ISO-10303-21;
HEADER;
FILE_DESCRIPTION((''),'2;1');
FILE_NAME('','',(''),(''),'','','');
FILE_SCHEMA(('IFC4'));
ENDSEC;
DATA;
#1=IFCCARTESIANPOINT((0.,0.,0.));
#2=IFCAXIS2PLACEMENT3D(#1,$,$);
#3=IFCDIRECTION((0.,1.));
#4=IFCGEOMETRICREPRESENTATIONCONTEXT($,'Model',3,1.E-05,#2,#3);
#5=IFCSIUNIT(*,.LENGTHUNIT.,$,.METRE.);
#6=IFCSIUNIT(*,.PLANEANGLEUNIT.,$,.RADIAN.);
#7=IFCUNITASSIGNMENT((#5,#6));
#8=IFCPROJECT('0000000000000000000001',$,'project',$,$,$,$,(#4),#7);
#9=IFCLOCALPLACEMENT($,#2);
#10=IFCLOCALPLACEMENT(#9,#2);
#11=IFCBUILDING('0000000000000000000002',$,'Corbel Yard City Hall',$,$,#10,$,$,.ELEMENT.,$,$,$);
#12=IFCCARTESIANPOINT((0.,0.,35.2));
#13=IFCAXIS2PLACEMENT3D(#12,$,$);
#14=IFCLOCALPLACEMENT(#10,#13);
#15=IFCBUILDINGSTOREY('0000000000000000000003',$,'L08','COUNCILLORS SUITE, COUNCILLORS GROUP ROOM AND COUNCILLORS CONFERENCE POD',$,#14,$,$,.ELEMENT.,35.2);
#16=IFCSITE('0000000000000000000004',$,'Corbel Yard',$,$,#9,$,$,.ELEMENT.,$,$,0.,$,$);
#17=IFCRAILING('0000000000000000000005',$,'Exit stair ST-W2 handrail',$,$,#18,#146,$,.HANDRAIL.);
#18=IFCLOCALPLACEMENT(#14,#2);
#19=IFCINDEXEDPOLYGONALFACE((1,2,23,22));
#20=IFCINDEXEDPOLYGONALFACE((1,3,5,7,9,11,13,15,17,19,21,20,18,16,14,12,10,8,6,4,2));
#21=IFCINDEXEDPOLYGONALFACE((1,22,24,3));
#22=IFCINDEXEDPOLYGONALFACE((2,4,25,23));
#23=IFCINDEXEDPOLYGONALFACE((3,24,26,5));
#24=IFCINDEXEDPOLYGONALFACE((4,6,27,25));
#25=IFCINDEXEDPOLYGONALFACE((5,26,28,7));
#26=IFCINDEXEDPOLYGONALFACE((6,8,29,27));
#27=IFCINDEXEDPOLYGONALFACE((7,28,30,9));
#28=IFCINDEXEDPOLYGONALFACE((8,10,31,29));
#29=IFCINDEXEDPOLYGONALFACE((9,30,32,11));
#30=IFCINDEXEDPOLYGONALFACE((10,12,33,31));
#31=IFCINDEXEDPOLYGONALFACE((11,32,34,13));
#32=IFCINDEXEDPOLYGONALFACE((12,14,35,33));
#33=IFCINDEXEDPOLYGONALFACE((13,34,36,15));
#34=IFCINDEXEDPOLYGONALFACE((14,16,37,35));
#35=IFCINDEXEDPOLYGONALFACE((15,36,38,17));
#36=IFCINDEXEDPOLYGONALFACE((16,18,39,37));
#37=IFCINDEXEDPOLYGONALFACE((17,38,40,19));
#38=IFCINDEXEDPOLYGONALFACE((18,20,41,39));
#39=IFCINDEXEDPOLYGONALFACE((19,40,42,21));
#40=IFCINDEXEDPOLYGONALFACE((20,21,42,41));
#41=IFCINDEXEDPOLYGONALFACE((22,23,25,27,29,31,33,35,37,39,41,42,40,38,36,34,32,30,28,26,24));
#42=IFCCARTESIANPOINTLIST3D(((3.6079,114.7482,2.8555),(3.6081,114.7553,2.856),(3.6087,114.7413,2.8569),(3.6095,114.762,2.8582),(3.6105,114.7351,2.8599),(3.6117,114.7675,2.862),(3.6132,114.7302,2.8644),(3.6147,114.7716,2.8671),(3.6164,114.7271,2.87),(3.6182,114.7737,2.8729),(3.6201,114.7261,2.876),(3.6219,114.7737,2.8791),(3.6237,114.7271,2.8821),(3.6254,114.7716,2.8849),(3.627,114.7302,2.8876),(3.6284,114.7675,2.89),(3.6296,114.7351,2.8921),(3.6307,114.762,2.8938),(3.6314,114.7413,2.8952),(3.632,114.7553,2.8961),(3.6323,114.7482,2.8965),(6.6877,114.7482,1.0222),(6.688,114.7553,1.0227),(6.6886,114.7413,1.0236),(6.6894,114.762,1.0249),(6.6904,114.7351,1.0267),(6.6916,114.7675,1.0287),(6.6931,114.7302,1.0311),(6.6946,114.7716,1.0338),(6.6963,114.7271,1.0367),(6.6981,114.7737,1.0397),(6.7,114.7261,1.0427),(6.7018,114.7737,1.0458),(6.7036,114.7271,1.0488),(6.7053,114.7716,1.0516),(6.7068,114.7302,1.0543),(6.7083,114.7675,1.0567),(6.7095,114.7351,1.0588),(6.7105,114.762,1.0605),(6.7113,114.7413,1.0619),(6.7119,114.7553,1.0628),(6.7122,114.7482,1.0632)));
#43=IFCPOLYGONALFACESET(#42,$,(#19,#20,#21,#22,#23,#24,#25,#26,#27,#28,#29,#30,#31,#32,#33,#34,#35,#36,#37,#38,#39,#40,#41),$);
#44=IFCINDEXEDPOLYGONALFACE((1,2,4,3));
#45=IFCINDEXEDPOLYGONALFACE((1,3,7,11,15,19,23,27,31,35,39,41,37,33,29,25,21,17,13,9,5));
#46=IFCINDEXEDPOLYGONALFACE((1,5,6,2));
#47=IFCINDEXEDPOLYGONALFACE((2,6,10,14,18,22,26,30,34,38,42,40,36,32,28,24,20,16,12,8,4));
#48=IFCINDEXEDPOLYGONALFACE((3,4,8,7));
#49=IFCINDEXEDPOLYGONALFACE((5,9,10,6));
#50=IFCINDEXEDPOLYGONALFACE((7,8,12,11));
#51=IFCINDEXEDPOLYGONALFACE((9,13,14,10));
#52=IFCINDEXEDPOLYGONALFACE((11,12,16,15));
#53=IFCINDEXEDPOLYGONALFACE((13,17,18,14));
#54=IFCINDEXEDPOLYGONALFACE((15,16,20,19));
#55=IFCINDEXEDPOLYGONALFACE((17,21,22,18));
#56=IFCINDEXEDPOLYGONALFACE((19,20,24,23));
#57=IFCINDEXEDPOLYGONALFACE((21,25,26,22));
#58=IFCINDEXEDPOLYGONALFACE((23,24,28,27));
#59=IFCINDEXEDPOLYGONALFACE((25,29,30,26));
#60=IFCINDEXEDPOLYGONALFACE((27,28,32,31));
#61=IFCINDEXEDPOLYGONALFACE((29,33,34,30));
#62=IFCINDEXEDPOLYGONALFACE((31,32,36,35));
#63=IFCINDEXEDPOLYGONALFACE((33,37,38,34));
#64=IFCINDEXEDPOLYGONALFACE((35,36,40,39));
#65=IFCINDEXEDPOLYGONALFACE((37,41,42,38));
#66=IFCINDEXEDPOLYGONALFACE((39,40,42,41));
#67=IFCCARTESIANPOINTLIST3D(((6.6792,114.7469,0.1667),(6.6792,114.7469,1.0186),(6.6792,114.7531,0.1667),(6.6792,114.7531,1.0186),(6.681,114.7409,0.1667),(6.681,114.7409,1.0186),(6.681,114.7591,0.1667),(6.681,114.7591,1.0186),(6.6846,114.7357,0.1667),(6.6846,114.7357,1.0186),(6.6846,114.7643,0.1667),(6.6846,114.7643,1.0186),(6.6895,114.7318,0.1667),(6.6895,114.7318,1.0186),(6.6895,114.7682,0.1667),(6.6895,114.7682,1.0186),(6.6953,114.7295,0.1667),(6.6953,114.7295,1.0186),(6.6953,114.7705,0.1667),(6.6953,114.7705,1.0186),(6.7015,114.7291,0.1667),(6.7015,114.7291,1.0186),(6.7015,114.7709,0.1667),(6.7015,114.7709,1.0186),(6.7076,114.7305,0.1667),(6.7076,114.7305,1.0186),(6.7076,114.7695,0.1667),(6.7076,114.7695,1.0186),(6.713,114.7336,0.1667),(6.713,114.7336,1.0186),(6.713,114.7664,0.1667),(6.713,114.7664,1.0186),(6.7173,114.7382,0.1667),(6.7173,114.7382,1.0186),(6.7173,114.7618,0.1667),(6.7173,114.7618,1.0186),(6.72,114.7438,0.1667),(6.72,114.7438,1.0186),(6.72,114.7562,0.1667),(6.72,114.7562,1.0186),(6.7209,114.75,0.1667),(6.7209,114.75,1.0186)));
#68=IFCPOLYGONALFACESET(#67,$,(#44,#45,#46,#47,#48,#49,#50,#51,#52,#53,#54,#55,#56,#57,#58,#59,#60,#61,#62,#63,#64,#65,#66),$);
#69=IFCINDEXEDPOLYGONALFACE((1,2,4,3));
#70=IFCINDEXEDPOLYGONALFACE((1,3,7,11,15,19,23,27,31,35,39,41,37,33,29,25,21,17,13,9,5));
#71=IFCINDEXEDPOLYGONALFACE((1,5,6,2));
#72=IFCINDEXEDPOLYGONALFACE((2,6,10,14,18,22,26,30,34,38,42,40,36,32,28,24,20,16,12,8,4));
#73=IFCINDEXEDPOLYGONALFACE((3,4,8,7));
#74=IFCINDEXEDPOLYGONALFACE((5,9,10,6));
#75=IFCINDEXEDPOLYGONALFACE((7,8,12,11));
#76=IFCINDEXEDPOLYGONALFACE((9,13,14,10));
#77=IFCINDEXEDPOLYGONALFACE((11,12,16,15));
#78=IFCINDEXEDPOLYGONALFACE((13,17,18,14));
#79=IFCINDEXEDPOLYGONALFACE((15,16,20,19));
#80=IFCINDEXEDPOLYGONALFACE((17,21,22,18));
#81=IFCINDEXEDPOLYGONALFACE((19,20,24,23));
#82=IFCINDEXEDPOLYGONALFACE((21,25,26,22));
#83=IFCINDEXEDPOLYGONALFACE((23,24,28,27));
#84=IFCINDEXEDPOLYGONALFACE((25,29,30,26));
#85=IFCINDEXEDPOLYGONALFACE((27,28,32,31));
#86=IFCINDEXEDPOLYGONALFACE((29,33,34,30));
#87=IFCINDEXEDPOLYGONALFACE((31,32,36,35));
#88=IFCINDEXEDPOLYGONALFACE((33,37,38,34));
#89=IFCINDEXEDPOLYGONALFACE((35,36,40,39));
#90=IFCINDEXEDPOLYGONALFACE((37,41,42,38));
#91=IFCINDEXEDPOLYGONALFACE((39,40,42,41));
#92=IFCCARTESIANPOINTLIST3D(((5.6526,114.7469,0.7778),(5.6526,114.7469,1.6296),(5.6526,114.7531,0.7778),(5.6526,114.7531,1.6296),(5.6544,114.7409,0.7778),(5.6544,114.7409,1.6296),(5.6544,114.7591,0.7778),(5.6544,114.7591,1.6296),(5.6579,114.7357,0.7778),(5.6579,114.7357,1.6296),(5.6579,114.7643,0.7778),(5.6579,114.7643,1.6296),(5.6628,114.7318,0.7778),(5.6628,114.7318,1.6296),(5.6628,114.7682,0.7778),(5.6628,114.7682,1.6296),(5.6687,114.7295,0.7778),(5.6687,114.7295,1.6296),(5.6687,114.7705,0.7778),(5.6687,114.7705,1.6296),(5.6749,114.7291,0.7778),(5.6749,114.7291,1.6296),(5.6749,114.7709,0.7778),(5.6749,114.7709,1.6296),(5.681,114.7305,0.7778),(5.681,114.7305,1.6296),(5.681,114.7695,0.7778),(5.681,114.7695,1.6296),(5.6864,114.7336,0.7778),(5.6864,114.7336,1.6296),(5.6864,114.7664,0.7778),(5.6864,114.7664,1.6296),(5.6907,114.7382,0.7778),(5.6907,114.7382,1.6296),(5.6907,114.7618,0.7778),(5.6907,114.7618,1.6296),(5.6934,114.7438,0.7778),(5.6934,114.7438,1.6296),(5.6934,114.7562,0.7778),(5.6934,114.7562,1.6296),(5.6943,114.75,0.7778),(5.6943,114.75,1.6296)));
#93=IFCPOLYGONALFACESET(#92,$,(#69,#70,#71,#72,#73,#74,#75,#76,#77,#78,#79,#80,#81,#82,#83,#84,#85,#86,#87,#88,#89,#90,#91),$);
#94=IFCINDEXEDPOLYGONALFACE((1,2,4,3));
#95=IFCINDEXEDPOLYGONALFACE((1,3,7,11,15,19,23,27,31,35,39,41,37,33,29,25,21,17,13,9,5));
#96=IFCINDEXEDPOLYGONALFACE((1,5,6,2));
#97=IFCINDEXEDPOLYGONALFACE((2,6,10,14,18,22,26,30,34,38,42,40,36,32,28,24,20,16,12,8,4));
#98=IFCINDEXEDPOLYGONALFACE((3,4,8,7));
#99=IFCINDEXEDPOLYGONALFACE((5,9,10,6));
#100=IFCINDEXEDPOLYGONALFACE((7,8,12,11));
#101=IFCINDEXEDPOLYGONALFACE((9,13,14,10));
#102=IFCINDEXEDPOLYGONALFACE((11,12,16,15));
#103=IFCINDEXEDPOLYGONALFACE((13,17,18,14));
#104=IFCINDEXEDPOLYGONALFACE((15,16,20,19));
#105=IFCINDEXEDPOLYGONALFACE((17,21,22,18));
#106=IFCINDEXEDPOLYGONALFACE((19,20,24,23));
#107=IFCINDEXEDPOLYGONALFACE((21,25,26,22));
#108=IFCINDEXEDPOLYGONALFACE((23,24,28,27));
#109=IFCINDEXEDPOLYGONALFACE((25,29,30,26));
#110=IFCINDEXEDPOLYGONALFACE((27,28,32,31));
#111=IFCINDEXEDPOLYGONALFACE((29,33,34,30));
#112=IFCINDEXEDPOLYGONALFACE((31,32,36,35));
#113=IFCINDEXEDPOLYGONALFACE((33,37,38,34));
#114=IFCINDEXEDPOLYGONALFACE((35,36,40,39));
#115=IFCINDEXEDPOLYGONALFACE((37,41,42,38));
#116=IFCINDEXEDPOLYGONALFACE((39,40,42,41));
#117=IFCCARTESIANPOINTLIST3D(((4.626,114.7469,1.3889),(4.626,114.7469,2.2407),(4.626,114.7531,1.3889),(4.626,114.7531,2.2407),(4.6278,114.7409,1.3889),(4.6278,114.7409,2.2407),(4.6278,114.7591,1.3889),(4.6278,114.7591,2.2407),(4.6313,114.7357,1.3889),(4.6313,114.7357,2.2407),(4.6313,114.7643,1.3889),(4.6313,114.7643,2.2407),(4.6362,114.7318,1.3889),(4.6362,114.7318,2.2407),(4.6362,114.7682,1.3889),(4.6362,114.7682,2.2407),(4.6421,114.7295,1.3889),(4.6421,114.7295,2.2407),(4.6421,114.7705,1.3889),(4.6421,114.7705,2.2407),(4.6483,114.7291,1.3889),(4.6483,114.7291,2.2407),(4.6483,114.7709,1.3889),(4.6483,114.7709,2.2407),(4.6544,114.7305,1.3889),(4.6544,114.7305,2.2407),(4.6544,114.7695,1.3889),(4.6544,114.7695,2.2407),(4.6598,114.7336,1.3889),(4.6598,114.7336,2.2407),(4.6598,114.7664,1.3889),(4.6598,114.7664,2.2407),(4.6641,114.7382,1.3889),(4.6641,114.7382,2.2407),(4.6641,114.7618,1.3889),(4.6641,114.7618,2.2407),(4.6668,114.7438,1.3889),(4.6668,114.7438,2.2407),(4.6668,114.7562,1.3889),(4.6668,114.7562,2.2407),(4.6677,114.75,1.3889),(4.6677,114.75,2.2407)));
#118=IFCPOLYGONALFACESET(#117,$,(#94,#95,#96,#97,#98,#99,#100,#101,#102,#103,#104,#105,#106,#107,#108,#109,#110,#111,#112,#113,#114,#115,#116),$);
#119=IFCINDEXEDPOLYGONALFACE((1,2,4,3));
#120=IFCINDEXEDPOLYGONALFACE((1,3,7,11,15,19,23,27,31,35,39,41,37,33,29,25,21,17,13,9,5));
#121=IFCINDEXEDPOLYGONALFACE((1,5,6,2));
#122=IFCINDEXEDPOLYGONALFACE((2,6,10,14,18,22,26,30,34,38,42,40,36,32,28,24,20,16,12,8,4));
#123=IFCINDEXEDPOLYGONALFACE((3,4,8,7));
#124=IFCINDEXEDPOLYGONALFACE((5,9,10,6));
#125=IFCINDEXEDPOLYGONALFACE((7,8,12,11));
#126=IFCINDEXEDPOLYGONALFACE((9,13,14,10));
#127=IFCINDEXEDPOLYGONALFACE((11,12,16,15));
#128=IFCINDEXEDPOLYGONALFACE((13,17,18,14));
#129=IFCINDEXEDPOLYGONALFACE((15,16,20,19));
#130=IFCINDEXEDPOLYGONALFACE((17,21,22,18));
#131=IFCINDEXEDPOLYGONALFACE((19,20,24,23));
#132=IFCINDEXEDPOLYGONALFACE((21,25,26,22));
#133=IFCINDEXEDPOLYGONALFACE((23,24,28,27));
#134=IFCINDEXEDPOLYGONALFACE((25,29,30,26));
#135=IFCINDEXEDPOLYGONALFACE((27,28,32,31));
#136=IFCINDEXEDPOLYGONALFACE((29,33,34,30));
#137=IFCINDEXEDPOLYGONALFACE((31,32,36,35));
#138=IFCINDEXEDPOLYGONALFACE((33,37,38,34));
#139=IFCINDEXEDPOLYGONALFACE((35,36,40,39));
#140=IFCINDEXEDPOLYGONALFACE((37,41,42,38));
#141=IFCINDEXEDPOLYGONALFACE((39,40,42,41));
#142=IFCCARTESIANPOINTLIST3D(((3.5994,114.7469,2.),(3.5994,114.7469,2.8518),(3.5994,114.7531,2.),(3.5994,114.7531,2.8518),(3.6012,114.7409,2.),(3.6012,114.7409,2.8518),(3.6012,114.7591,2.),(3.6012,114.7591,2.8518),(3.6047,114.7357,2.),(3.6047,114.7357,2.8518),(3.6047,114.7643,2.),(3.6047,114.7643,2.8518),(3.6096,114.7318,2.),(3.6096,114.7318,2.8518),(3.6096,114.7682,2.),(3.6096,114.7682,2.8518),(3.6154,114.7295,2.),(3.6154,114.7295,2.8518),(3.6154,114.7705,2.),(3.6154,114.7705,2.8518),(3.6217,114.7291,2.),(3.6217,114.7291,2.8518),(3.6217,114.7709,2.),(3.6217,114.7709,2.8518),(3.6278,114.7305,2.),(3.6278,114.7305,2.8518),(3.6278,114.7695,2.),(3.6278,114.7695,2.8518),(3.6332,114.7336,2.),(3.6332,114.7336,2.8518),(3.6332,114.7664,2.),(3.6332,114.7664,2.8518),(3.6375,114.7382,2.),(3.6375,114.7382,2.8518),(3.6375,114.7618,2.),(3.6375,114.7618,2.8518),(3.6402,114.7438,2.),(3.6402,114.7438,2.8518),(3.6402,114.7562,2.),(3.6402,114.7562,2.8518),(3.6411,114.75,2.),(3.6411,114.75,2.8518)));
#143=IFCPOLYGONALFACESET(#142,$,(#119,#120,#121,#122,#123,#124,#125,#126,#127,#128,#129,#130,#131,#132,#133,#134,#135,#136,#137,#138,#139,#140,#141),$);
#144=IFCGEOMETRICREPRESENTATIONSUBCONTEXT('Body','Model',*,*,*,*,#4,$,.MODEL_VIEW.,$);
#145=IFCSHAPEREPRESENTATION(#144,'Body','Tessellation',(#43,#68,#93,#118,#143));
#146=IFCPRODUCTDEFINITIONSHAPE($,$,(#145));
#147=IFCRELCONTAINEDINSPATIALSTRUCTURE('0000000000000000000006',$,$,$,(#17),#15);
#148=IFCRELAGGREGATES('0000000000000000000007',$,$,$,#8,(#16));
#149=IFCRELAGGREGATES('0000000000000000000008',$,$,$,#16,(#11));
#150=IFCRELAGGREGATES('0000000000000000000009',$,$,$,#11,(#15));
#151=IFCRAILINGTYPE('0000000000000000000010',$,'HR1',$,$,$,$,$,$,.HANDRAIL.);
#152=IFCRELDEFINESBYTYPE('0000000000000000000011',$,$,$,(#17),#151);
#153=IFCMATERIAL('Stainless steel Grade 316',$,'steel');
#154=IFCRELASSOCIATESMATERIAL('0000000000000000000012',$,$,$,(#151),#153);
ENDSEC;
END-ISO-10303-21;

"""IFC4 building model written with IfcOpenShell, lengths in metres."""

from ifc_helpers import new_model, si_unit, direction, frame, origin, origin_2d, place, context, subcontext, project, spatial, circle, extrude, material, type_object, element, save


model = new_model("IFC4")

# Units and contexts
model_context = context("Model", 3, precision=1e-05, world=origin(), true_north=direction((0.0, 1.0)))
body_context = subcontext(model_context, "Body", "Model", "MODEL_VIEW")
ifc_project = project(units=[si_unit("LENGTHUNIT", "METRE"), si_unit("PLANEANGLEUNIT", "RADIAN")], contexts=[model_context])

# Site, building, storey
site_placement = place(None, origin())
site = spatial("IfcSite", under=ifc_project, at=site_placement, Name="Corbel Yard", CompositionType="ELEMENT", RefElevation=0.0)
building_placement = place(site_placement, origin())
building = spatial("IfcBuilding", under=site, at=building_placement, Name="Corbel Yard City Hall", CompositionType="ELEMENT")
storey_placement = place(building_placement, frame((0.0, 0.0, 35.2)))
storey = spatial("IfcBuildingStorey", under=building, at=storey_placement, Name="L08", Description="COUNCILLORS SUITE, COUNCILLORS GROUP ROOM AND COUNCILLORS CONFERENCE POD", CompositionType="ELEMENT", Elevation=35.2)

# Shared definitions
ifc_material_1 = material(Name="Stainless steel Grade 316", Category="steel")

# Railing
railing_type = type_object("IfcRailingType", Name="HR1", PredefinedType="HANDRAIL", material=ifc_material_1)
for number, where, name in (
    (1, (6.7, 114.75, 0.1667), "Exit stair ST-W2 handrail"),
):
    element("IfcRailing", number, at=place(storey_placement, frame(where)), inside=storey, type_object=railing_type, Name=name, PredefinedType="HANDRAIL", context=body_context, shape_type="SweptSolid", body=[
        extrude(circle(Radius=0.0239, at=origin_2d()), frame((0.0, 0.0, 0.876), z_axis=(-0.859291, 0.0, 0.511487), x_axis=(0.0, -1.0, 0.0)), (0.0, 0.0, 1.0), 3.5842),
        extrude(circle(Radius=0.021, at=origin_2d()), origin(), (0.0, 0.0, 1.0), 0.8518),
        extrude(circle(Radius=0.021, at=origin_2d()), frame((-1.0266, 0.0, 0.6111)), (0.0, 0.0, 1.0), 0.8518),
        extrude(circle(Radius=0.021, at=origin_2d()), frame((-2.0532, 0.0, 1.2222)), (0.0, 0.0, 1.0), 0.8518),
        extrude(circle(Radius=0.021, at=origin_2d()), frame((-3.0798, 0.0, 1.8333)), (0.0, 0.0, 1.0), 0.8518),
    ])

save(model, "model.ifc")
